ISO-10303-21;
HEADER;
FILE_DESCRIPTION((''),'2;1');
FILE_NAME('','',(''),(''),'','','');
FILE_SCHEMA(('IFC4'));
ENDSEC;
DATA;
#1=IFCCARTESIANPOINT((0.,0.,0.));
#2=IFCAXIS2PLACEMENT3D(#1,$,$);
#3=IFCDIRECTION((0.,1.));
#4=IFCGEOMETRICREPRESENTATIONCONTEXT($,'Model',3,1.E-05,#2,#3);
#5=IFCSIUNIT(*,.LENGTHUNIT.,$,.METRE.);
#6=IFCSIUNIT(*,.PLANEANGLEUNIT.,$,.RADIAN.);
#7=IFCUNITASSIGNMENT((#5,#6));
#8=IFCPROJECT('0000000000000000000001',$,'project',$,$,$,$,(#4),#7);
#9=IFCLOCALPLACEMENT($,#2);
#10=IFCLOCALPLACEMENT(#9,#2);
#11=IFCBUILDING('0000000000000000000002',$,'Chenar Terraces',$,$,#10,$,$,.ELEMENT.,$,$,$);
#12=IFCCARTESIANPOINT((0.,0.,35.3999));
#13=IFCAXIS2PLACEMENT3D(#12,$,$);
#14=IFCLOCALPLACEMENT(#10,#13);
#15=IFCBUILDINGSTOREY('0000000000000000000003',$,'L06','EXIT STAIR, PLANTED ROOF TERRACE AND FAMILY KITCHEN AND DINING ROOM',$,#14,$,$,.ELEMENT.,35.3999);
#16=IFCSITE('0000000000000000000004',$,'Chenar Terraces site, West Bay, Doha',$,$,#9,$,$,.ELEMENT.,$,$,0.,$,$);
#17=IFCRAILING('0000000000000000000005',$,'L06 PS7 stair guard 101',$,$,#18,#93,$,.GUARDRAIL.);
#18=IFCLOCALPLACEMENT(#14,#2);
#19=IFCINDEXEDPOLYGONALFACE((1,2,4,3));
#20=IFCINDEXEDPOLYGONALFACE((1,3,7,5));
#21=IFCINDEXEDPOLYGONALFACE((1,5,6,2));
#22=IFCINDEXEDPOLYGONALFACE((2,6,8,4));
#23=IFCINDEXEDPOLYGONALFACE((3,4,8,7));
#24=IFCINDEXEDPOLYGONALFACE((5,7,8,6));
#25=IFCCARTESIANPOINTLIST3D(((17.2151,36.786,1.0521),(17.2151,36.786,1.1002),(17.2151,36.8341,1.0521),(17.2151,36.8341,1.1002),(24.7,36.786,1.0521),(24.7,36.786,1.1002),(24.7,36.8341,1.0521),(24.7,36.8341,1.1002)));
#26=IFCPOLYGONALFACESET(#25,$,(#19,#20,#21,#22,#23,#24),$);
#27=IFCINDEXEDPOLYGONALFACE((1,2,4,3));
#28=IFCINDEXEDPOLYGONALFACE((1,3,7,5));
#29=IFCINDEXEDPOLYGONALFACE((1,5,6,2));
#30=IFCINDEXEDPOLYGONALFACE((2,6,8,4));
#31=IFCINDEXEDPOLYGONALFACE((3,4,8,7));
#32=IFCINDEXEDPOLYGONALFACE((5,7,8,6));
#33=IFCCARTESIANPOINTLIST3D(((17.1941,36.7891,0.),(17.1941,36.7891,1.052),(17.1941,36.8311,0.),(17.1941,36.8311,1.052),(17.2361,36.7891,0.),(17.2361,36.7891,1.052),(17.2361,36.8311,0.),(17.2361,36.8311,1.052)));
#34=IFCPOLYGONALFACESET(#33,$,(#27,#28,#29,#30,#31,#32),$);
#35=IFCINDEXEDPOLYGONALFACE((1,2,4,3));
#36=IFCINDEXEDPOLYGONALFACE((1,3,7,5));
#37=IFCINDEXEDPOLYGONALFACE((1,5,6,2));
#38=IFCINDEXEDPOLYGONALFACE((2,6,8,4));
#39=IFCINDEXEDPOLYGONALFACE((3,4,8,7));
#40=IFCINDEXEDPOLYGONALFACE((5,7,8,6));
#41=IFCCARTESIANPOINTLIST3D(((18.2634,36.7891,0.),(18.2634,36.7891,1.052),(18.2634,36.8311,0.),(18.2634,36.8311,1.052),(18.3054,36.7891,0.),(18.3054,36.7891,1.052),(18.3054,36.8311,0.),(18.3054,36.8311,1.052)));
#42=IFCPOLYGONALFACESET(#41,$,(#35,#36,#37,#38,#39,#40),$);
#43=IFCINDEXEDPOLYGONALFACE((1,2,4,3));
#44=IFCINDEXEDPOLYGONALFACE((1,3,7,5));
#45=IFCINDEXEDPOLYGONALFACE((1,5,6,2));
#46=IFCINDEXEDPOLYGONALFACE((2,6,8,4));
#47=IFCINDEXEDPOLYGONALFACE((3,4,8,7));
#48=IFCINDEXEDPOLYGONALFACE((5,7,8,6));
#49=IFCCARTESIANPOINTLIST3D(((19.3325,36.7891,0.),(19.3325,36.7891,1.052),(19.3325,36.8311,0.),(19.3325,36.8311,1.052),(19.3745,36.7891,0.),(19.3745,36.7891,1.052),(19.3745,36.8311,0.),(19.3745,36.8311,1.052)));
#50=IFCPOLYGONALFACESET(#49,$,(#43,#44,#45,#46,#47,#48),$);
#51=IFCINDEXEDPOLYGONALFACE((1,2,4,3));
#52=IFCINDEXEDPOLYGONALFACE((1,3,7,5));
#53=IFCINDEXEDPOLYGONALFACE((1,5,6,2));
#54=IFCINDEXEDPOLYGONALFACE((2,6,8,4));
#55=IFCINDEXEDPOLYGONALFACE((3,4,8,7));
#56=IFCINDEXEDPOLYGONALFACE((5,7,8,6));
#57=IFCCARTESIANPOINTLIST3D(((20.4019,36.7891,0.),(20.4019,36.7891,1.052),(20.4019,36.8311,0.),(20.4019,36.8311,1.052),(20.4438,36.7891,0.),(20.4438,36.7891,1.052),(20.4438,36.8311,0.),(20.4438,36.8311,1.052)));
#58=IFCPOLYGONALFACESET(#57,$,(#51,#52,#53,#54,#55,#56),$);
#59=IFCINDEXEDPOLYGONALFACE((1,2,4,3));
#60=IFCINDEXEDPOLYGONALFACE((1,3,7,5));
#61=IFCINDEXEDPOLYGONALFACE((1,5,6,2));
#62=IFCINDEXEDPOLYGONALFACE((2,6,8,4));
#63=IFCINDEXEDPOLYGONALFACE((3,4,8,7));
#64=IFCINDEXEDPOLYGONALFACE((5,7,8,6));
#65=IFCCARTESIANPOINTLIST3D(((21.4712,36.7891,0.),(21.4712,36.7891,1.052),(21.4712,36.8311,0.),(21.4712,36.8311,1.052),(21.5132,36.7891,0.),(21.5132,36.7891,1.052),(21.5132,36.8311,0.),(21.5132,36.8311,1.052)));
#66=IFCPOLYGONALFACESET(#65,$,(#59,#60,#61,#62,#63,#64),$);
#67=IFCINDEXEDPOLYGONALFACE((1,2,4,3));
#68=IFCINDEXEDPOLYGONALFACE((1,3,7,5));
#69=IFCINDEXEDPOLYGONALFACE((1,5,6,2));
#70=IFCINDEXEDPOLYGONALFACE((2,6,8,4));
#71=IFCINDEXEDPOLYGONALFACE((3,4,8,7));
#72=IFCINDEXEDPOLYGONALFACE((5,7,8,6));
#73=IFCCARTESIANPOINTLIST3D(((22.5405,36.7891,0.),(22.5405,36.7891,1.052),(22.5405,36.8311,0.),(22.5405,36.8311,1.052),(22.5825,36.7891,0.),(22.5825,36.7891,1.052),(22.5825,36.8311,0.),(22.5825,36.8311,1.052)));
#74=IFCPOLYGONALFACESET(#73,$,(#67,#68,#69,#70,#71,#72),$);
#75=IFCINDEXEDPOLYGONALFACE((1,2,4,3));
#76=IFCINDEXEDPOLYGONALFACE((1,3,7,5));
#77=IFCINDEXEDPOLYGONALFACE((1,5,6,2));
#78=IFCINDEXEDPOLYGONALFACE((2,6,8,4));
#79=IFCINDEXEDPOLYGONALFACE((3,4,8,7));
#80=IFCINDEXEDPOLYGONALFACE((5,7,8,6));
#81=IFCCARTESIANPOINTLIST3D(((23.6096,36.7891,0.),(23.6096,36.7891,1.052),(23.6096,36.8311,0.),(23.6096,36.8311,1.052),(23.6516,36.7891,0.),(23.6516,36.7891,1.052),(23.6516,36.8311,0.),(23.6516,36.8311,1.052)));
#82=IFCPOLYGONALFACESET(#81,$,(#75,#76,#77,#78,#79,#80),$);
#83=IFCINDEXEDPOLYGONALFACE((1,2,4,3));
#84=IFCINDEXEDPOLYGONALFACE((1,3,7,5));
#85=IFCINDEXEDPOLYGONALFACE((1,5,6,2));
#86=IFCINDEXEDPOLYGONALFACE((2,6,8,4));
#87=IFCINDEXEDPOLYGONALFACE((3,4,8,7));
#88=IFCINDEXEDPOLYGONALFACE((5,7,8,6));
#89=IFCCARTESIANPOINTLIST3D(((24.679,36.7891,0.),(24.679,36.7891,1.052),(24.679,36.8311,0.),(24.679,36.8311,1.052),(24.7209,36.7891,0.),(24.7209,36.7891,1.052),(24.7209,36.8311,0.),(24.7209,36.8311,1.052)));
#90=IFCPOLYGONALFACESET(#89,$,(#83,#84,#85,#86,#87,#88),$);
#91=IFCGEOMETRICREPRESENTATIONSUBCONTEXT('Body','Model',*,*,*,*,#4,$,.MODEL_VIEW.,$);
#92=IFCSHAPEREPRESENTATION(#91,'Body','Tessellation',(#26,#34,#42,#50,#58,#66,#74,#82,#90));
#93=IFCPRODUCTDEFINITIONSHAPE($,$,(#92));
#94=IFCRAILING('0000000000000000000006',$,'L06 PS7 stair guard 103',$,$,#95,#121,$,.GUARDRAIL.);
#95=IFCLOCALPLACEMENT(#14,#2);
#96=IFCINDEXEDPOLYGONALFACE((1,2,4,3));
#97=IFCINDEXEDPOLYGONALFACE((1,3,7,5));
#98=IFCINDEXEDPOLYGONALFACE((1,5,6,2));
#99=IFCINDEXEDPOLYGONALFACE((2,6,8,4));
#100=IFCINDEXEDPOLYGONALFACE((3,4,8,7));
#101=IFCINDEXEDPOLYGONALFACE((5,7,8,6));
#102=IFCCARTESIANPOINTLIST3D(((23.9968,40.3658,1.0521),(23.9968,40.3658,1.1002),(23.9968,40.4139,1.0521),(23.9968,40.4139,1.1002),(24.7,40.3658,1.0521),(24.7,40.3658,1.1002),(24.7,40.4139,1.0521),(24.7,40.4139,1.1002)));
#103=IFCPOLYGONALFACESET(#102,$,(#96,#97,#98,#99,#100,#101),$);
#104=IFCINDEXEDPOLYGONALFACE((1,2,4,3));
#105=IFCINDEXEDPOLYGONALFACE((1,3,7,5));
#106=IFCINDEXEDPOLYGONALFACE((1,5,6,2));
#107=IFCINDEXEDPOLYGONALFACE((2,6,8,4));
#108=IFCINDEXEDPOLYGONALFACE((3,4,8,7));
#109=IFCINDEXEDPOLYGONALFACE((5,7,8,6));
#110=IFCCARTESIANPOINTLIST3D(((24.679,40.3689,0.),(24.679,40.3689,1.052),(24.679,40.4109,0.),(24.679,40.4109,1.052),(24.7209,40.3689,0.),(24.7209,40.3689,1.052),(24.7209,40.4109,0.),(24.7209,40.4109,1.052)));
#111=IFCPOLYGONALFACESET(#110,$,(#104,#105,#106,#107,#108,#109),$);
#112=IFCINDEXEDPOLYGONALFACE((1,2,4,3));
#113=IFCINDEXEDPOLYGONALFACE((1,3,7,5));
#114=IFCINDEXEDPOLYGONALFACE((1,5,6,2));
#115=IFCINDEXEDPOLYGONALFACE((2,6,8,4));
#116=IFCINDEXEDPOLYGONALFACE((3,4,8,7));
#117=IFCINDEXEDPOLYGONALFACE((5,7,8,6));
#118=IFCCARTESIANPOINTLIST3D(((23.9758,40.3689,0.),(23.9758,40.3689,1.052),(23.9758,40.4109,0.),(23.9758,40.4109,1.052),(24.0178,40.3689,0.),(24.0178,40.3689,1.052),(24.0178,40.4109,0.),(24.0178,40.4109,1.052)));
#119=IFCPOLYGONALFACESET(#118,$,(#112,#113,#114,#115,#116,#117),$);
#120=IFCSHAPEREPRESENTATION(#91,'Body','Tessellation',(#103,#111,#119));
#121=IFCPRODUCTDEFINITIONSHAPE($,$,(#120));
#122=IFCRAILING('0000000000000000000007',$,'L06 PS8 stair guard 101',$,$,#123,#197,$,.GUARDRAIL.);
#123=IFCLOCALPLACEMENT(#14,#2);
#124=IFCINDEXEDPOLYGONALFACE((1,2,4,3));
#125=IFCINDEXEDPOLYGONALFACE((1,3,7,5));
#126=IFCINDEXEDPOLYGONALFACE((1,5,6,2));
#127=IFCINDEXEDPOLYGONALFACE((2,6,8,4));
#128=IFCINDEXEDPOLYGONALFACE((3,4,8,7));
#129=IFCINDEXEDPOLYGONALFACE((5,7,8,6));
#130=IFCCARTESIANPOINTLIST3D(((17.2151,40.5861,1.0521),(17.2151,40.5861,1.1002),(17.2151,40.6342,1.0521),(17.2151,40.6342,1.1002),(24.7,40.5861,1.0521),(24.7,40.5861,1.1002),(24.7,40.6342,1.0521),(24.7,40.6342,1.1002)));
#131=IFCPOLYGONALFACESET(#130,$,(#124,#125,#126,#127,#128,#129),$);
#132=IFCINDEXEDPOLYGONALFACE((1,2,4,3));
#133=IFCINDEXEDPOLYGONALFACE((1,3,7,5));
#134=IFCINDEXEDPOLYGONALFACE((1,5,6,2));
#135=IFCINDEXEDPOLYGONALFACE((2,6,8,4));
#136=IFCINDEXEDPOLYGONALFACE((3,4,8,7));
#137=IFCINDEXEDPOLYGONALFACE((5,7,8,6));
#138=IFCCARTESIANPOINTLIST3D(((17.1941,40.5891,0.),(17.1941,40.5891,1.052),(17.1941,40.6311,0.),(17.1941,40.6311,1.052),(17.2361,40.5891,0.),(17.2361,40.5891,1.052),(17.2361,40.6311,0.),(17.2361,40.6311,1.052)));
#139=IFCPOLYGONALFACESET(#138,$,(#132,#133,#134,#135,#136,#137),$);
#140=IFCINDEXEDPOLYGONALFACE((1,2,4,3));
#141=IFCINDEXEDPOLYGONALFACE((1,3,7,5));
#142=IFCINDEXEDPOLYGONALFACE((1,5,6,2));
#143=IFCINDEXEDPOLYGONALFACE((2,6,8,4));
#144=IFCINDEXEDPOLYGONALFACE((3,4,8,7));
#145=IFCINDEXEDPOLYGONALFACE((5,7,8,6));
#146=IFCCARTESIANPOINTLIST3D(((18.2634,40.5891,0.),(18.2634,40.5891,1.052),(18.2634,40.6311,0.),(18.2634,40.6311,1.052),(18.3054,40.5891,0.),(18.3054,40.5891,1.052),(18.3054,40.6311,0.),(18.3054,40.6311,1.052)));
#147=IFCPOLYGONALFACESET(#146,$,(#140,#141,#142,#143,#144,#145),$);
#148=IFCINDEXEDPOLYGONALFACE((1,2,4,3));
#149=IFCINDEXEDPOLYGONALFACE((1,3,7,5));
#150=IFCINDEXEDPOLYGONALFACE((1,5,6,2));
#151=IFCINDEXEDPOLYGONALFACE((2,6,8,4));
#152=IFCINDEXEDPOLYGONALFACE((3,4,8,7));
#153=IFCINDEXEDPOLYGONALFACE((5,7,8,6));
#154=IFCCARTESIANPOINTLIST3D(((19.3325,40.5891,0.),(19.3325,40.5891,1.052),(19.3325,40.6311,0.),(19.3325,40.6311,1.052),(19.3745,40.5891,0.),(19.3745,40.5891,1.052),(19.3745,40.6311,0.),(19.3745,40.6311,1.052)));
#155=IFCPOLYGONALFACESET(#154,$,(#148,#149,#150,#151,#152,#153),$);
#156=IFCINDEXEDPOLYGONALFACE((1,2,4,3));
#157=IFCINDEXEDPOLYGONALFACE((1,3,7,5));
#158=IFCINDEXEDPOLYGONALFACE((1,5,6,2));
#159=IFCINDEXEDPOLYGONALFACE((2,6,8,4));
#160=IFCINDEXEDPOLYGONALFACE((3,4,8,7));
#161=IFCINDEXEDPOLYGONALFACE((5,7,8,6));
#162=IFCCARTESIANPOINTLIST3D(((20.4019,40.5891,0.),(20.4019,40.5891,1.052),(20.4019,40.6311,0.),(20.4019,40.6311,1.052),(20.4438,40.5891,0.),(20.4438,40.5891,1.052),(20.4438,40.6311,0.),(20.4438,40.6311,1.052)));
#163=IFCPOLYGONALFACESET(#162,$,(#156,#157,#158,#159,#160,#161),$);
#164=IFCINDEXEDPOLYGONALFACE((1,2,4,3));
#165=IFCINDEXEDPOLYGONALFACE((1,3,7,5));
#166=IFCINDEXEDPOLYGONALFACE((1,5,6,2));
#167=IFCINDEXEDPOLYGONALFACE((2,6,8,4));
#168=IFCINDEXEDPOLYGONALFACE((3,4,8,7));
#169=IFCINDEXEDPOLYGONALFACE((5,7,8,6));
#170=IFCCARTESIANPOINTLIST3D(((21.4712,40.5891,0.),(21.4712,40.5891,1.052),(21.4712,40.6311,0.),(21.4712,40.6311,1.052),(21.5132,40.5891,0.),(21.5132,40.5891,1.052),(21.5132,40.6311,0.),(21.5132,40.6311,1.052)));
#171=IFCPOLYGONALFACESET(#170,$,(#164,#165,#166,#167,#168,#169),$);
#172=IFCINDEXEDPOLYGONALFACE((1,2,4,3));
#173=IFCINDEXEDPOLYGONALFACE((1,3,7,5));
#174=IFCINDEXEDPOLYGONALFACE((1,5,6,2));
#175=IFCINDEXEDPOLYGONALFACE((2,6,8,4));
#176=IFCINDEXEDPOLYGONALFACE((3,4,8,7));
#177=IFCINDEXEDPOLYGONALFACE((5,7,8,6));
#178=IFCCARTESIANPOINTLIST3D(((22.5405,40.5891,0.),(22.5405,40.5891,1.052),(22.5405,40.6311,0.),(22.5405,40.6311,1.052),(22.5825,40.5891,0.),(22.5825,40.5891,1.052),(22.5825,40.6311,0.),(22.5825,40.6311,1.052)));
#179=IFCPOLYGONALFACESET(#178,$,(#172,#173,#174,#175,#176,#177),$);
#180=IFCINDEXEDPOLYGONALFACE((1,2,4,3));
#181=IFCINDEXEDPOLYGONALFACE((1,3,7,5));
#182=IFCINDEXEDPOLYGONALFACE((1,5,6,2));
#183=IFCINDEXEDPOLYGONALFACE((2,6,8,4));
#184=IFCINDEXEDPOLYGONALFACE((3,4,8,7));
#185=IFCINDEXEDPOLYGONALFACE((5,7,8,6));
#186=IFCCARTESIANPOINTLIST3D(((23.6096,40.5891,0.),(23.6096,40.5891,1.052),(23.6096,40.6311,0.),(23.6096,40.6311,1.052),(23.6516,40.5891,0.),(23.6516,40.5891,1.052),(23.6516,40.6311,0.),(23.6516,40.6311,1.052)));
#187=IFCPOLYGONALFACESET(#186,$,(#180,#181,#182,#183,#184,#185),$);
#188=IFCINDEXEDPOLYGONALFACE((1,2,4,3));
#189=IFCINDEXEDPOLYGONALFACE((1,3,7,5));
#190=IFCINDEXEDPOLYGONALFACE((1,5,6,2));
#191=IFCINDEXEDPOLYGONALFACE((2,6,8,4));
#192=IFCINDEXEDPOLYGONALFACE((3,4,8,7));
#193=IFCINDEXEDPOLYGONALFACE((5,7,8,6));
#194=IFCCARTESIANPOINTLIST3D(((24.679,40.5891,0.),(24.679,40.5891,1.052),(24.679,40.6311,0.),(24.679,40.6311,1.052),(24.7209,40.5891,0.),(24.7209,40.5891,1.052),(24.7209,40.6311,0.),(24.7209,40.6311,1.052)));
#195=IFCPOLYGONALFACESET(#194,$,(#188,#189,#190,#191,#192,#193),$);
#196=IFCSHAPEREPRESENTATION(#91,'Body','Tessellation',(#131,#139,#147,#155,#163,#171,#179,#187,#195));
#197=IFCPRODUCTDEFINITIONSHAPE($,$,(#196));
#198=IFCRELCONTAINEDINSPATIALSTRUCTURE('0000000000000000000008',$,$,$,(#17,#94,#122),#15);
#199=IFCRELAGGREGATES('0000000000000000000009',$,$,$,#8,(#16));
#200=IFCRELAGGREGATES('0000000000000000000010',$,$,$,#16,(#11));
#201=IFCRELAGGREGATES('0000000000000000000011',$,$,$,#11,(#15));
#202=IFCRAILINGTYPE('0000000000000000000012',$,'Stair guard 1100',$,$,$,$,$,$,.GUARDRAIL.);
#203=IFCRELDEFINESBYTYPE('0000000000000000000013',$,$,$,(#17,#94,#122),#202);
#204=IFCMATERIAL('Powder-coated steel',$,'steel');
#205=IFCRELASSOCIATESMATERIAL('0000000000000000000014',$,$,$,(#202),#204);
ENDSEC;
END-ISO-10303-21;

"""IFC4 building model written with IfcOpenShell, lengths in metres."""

from ifc_helpers import new_model, si_unit, direction, frame, origin, origin_2d, place, context, subcontext, project, spatial, rectangle, extrude, material, type_object, element, save


model = new_model("IFC4")

# Units and contexts
model_context = context("Model", 3, precision=1e-05, world=origin(), true_north=direction((0.0, 1.0)))
body_context = subcontext(model_context, "Body", "Model", "MODEL_VIEW")
ifc_project = project(units=[si_unit("LENGTHUNIT", "METRE"), si_unit("PLANEANGLEUNIT", "RADIAN")], contexts=[model_context])

# Site, building, storey
site_placement = place(None, origin())
site = spatial("IfcSite", under=ifc_project, at=site_placement, Name="Chenar Terraces site, West Bay, Doha", CompositionType="ELEMENT", RefElevation=0.0)
building_placement = place(site_placement, origin())
building = spatial("IfcBuilding", under=site, at=building_placement, Name="Chenar Terraces", CompositionType="ELEMENT")
storey_placement = place(building_placement, frame((0.0, 0.0, 35.3999)))
storey = spatial("IfcBuildingStorey", under=building, at=storey_placement, Name="L06", Description="EXIT STAIR, PLANTED ROOF TERRACE AND FAMILY KITCHEN AND DINING ROOM", CompositionType="ELEMENT", Elevation=35.3999)

# Railings
ifc_material_1 = material(Name="Powder-coated steel", Category="steel")
railing_type_1 = type_object("IfcRailingType", Name="Stair guard 1100", PredefinedType="GUARDRAIL", material=ifc_material_1)
railing_1_placement = place(storey_placement, frame((17.2151, 36.8101, 0.0)))
element("IfcRailing", 1, at=railing_1_placement, inside=storey, type_object=railing_type_1, Name="L06 PS7 stair guard 101", PredefinedType="GUARDRAIL", context=body_context, shape_type="SweptSolid", body=[
    extrude(rectangle(XDim=0.0481, YDim=0.0481, at=origin_2d()), frame((0.0, 0.0, 1.0762), z_axis=(1.0, 0.0, 0.0), x_axis=(0.0, 1.0, 0.0)), (0.0, 0.0, 1.0), 7.4849),
    extrude(rectangle(XDim=0.042, YDim=0.042, at=origin_2d()), origin(), (0.0, 0.0, 1.0), 1.052),
    extrude(rectangle(XDim=0.042, YDim=0.042, at=origin_2d()), frame((1.0693, 0.0, 0.0)), (0.0, 0.0, 1.0), 1.052),
    extrude(rectangle(XDim=0.042, YDim=0.042, at=origin_2d()), frame((2.1384, 0.0, 0.0)), (0.0, 0.0, 1.0), 1.052),
    extrude(rectangle(XDim=0.042, YDim=0.042, at=origin_2d()), frame((3.2078, 0.0, 0.0)), (0.0, 0.0, 1.0), 1.052),
    extrude(rectangle(XDim=0.042, YDim=0.042, at=origin_2d()), frame((4.2771, 0.0, 0.0)), (0.0, 0.0, 1.0), 1.052),
    extrude(rectangle(XDim=0.042, YDim=0.042, at=origin_2d()), frame((5.3464, 0.0, 0.0)), (0.0, 0.0, 1.0), 1.052),
    extrude(rectangle(XDim=0.042, YDim=0.042, at=origin_2d()), frame((6.4155, 0.0, 0.0)), (0.0, 0.0, 1.0), 1.052),
    extrude(rectangle(XDim=0.042, YDim=0.042, at=origin_2d()), frame((7.4849, 0.0, 0.0)), (0.0, 0.0, 1.0), 1.052),
])
railing_2_placement = place(storey_placement, frame((24.7, 40.3899, 0.0)))
element("IfcRailing", 2, at=railing_2_placement, inside=storey, type_object=railing_type_1, Name="L06 PS7 stair guard 103", PredefinedType="GUARDRAIL", context=body_context, shape_type="SweptSolid", body=[
    extrude(rectangle(XDim=0.0481, YDim=0.0481, at=origin_2d()), frame((0.0, 0.0, 1.0762), z_axis=(-1.0, 0.0, 0.0), x_axis=(0.0, -1.0, 0.0)), (0.0, 0.0, 1.0), 0.7031),
    extrude(rectangle(XDim=0.042, YDim=0.042, at=origin_2d()), origin(), (0.0, 0.0, 1.0), 1.052),
    extrude(rectangle(XDim=0.042, YDim=0.042, at=origin_2d()), frame((-0.7031, 0.0, 0.0)), (0.0, 0.0, 1.0), 1.052),
])
railing_3_placement = place(storey_placement, frame((17.2151, 40.6101, 0.0)))
element("IfcRailing", 3, at=railing_3_placement, inside=storey, type_object=railing_type_1, Name="L06 PS8 stair guard 101", PredefinedType="GUARDRAIL", context=body_context, shape_type="SweptSolid", body=[
    extrude(rectangle(XDim=0.0481, YDim=0.0481, at=origin_2d()), frame((0.0, 0.0, 1.0762), z_axis=(1.0, 0.0, 0.0), x_axis=(0.0, 1.0, 0.0)), (0.0, 0.0, 1.0), 7.4849),
    extrude(rectangle(XDim=0.042, YDim=0.042, at=origin_2d()), origin(), (0.0, 0.0, 1.0), 1.052),
    extrude(rectangle(XDim=0.042, YDim=0.042, at=origin_2d()), frame((1.0693, 0.0, 0.0)), (0.0, 0.0, 1.0), 1.052),
    extrude(rectangle(XDim=0.042, YDim=0.042, at=origin_2d()), frame((2.1384, 0.0, 0.0)), (0.0, 0.0, 1.0), 1.052),
    extrude(rectangle(XDim=0.042, YDim=0.042, at=origin_2d()), frame((3.2078, 0.0, 0.0)), (0.0, 0.0, 1.0), 1.052),
    extrude(rectangle(XDim=0.042, YDim=0.042, at=origin_2d()), frame((4.2771, 0.0, 0.0)), (0.0, 0.0, 1.0), 1.052),
    extrude(rectangle(XDim=0.042, YDim=0.042, at=origin_2d()), frame((5.3464, 0.0, 0.0)), (0.0, 0.0, 1.0), 1.052),
    extrude(rectangle(XDim=0.042, YDim=0.042, at=origin_2d()), frame((6.4155, 0.0, 0.0)), (0.0, 0.0, 1.0), 1.052),
    extrude(rectangle(XDim=0.042, YDim=0.042, at=origin_2d()), frame((7.4849, 0.0, 0.0)), (0.0, 0.0, 1.0), 1.052),
])

save(model, "model.ifc")
